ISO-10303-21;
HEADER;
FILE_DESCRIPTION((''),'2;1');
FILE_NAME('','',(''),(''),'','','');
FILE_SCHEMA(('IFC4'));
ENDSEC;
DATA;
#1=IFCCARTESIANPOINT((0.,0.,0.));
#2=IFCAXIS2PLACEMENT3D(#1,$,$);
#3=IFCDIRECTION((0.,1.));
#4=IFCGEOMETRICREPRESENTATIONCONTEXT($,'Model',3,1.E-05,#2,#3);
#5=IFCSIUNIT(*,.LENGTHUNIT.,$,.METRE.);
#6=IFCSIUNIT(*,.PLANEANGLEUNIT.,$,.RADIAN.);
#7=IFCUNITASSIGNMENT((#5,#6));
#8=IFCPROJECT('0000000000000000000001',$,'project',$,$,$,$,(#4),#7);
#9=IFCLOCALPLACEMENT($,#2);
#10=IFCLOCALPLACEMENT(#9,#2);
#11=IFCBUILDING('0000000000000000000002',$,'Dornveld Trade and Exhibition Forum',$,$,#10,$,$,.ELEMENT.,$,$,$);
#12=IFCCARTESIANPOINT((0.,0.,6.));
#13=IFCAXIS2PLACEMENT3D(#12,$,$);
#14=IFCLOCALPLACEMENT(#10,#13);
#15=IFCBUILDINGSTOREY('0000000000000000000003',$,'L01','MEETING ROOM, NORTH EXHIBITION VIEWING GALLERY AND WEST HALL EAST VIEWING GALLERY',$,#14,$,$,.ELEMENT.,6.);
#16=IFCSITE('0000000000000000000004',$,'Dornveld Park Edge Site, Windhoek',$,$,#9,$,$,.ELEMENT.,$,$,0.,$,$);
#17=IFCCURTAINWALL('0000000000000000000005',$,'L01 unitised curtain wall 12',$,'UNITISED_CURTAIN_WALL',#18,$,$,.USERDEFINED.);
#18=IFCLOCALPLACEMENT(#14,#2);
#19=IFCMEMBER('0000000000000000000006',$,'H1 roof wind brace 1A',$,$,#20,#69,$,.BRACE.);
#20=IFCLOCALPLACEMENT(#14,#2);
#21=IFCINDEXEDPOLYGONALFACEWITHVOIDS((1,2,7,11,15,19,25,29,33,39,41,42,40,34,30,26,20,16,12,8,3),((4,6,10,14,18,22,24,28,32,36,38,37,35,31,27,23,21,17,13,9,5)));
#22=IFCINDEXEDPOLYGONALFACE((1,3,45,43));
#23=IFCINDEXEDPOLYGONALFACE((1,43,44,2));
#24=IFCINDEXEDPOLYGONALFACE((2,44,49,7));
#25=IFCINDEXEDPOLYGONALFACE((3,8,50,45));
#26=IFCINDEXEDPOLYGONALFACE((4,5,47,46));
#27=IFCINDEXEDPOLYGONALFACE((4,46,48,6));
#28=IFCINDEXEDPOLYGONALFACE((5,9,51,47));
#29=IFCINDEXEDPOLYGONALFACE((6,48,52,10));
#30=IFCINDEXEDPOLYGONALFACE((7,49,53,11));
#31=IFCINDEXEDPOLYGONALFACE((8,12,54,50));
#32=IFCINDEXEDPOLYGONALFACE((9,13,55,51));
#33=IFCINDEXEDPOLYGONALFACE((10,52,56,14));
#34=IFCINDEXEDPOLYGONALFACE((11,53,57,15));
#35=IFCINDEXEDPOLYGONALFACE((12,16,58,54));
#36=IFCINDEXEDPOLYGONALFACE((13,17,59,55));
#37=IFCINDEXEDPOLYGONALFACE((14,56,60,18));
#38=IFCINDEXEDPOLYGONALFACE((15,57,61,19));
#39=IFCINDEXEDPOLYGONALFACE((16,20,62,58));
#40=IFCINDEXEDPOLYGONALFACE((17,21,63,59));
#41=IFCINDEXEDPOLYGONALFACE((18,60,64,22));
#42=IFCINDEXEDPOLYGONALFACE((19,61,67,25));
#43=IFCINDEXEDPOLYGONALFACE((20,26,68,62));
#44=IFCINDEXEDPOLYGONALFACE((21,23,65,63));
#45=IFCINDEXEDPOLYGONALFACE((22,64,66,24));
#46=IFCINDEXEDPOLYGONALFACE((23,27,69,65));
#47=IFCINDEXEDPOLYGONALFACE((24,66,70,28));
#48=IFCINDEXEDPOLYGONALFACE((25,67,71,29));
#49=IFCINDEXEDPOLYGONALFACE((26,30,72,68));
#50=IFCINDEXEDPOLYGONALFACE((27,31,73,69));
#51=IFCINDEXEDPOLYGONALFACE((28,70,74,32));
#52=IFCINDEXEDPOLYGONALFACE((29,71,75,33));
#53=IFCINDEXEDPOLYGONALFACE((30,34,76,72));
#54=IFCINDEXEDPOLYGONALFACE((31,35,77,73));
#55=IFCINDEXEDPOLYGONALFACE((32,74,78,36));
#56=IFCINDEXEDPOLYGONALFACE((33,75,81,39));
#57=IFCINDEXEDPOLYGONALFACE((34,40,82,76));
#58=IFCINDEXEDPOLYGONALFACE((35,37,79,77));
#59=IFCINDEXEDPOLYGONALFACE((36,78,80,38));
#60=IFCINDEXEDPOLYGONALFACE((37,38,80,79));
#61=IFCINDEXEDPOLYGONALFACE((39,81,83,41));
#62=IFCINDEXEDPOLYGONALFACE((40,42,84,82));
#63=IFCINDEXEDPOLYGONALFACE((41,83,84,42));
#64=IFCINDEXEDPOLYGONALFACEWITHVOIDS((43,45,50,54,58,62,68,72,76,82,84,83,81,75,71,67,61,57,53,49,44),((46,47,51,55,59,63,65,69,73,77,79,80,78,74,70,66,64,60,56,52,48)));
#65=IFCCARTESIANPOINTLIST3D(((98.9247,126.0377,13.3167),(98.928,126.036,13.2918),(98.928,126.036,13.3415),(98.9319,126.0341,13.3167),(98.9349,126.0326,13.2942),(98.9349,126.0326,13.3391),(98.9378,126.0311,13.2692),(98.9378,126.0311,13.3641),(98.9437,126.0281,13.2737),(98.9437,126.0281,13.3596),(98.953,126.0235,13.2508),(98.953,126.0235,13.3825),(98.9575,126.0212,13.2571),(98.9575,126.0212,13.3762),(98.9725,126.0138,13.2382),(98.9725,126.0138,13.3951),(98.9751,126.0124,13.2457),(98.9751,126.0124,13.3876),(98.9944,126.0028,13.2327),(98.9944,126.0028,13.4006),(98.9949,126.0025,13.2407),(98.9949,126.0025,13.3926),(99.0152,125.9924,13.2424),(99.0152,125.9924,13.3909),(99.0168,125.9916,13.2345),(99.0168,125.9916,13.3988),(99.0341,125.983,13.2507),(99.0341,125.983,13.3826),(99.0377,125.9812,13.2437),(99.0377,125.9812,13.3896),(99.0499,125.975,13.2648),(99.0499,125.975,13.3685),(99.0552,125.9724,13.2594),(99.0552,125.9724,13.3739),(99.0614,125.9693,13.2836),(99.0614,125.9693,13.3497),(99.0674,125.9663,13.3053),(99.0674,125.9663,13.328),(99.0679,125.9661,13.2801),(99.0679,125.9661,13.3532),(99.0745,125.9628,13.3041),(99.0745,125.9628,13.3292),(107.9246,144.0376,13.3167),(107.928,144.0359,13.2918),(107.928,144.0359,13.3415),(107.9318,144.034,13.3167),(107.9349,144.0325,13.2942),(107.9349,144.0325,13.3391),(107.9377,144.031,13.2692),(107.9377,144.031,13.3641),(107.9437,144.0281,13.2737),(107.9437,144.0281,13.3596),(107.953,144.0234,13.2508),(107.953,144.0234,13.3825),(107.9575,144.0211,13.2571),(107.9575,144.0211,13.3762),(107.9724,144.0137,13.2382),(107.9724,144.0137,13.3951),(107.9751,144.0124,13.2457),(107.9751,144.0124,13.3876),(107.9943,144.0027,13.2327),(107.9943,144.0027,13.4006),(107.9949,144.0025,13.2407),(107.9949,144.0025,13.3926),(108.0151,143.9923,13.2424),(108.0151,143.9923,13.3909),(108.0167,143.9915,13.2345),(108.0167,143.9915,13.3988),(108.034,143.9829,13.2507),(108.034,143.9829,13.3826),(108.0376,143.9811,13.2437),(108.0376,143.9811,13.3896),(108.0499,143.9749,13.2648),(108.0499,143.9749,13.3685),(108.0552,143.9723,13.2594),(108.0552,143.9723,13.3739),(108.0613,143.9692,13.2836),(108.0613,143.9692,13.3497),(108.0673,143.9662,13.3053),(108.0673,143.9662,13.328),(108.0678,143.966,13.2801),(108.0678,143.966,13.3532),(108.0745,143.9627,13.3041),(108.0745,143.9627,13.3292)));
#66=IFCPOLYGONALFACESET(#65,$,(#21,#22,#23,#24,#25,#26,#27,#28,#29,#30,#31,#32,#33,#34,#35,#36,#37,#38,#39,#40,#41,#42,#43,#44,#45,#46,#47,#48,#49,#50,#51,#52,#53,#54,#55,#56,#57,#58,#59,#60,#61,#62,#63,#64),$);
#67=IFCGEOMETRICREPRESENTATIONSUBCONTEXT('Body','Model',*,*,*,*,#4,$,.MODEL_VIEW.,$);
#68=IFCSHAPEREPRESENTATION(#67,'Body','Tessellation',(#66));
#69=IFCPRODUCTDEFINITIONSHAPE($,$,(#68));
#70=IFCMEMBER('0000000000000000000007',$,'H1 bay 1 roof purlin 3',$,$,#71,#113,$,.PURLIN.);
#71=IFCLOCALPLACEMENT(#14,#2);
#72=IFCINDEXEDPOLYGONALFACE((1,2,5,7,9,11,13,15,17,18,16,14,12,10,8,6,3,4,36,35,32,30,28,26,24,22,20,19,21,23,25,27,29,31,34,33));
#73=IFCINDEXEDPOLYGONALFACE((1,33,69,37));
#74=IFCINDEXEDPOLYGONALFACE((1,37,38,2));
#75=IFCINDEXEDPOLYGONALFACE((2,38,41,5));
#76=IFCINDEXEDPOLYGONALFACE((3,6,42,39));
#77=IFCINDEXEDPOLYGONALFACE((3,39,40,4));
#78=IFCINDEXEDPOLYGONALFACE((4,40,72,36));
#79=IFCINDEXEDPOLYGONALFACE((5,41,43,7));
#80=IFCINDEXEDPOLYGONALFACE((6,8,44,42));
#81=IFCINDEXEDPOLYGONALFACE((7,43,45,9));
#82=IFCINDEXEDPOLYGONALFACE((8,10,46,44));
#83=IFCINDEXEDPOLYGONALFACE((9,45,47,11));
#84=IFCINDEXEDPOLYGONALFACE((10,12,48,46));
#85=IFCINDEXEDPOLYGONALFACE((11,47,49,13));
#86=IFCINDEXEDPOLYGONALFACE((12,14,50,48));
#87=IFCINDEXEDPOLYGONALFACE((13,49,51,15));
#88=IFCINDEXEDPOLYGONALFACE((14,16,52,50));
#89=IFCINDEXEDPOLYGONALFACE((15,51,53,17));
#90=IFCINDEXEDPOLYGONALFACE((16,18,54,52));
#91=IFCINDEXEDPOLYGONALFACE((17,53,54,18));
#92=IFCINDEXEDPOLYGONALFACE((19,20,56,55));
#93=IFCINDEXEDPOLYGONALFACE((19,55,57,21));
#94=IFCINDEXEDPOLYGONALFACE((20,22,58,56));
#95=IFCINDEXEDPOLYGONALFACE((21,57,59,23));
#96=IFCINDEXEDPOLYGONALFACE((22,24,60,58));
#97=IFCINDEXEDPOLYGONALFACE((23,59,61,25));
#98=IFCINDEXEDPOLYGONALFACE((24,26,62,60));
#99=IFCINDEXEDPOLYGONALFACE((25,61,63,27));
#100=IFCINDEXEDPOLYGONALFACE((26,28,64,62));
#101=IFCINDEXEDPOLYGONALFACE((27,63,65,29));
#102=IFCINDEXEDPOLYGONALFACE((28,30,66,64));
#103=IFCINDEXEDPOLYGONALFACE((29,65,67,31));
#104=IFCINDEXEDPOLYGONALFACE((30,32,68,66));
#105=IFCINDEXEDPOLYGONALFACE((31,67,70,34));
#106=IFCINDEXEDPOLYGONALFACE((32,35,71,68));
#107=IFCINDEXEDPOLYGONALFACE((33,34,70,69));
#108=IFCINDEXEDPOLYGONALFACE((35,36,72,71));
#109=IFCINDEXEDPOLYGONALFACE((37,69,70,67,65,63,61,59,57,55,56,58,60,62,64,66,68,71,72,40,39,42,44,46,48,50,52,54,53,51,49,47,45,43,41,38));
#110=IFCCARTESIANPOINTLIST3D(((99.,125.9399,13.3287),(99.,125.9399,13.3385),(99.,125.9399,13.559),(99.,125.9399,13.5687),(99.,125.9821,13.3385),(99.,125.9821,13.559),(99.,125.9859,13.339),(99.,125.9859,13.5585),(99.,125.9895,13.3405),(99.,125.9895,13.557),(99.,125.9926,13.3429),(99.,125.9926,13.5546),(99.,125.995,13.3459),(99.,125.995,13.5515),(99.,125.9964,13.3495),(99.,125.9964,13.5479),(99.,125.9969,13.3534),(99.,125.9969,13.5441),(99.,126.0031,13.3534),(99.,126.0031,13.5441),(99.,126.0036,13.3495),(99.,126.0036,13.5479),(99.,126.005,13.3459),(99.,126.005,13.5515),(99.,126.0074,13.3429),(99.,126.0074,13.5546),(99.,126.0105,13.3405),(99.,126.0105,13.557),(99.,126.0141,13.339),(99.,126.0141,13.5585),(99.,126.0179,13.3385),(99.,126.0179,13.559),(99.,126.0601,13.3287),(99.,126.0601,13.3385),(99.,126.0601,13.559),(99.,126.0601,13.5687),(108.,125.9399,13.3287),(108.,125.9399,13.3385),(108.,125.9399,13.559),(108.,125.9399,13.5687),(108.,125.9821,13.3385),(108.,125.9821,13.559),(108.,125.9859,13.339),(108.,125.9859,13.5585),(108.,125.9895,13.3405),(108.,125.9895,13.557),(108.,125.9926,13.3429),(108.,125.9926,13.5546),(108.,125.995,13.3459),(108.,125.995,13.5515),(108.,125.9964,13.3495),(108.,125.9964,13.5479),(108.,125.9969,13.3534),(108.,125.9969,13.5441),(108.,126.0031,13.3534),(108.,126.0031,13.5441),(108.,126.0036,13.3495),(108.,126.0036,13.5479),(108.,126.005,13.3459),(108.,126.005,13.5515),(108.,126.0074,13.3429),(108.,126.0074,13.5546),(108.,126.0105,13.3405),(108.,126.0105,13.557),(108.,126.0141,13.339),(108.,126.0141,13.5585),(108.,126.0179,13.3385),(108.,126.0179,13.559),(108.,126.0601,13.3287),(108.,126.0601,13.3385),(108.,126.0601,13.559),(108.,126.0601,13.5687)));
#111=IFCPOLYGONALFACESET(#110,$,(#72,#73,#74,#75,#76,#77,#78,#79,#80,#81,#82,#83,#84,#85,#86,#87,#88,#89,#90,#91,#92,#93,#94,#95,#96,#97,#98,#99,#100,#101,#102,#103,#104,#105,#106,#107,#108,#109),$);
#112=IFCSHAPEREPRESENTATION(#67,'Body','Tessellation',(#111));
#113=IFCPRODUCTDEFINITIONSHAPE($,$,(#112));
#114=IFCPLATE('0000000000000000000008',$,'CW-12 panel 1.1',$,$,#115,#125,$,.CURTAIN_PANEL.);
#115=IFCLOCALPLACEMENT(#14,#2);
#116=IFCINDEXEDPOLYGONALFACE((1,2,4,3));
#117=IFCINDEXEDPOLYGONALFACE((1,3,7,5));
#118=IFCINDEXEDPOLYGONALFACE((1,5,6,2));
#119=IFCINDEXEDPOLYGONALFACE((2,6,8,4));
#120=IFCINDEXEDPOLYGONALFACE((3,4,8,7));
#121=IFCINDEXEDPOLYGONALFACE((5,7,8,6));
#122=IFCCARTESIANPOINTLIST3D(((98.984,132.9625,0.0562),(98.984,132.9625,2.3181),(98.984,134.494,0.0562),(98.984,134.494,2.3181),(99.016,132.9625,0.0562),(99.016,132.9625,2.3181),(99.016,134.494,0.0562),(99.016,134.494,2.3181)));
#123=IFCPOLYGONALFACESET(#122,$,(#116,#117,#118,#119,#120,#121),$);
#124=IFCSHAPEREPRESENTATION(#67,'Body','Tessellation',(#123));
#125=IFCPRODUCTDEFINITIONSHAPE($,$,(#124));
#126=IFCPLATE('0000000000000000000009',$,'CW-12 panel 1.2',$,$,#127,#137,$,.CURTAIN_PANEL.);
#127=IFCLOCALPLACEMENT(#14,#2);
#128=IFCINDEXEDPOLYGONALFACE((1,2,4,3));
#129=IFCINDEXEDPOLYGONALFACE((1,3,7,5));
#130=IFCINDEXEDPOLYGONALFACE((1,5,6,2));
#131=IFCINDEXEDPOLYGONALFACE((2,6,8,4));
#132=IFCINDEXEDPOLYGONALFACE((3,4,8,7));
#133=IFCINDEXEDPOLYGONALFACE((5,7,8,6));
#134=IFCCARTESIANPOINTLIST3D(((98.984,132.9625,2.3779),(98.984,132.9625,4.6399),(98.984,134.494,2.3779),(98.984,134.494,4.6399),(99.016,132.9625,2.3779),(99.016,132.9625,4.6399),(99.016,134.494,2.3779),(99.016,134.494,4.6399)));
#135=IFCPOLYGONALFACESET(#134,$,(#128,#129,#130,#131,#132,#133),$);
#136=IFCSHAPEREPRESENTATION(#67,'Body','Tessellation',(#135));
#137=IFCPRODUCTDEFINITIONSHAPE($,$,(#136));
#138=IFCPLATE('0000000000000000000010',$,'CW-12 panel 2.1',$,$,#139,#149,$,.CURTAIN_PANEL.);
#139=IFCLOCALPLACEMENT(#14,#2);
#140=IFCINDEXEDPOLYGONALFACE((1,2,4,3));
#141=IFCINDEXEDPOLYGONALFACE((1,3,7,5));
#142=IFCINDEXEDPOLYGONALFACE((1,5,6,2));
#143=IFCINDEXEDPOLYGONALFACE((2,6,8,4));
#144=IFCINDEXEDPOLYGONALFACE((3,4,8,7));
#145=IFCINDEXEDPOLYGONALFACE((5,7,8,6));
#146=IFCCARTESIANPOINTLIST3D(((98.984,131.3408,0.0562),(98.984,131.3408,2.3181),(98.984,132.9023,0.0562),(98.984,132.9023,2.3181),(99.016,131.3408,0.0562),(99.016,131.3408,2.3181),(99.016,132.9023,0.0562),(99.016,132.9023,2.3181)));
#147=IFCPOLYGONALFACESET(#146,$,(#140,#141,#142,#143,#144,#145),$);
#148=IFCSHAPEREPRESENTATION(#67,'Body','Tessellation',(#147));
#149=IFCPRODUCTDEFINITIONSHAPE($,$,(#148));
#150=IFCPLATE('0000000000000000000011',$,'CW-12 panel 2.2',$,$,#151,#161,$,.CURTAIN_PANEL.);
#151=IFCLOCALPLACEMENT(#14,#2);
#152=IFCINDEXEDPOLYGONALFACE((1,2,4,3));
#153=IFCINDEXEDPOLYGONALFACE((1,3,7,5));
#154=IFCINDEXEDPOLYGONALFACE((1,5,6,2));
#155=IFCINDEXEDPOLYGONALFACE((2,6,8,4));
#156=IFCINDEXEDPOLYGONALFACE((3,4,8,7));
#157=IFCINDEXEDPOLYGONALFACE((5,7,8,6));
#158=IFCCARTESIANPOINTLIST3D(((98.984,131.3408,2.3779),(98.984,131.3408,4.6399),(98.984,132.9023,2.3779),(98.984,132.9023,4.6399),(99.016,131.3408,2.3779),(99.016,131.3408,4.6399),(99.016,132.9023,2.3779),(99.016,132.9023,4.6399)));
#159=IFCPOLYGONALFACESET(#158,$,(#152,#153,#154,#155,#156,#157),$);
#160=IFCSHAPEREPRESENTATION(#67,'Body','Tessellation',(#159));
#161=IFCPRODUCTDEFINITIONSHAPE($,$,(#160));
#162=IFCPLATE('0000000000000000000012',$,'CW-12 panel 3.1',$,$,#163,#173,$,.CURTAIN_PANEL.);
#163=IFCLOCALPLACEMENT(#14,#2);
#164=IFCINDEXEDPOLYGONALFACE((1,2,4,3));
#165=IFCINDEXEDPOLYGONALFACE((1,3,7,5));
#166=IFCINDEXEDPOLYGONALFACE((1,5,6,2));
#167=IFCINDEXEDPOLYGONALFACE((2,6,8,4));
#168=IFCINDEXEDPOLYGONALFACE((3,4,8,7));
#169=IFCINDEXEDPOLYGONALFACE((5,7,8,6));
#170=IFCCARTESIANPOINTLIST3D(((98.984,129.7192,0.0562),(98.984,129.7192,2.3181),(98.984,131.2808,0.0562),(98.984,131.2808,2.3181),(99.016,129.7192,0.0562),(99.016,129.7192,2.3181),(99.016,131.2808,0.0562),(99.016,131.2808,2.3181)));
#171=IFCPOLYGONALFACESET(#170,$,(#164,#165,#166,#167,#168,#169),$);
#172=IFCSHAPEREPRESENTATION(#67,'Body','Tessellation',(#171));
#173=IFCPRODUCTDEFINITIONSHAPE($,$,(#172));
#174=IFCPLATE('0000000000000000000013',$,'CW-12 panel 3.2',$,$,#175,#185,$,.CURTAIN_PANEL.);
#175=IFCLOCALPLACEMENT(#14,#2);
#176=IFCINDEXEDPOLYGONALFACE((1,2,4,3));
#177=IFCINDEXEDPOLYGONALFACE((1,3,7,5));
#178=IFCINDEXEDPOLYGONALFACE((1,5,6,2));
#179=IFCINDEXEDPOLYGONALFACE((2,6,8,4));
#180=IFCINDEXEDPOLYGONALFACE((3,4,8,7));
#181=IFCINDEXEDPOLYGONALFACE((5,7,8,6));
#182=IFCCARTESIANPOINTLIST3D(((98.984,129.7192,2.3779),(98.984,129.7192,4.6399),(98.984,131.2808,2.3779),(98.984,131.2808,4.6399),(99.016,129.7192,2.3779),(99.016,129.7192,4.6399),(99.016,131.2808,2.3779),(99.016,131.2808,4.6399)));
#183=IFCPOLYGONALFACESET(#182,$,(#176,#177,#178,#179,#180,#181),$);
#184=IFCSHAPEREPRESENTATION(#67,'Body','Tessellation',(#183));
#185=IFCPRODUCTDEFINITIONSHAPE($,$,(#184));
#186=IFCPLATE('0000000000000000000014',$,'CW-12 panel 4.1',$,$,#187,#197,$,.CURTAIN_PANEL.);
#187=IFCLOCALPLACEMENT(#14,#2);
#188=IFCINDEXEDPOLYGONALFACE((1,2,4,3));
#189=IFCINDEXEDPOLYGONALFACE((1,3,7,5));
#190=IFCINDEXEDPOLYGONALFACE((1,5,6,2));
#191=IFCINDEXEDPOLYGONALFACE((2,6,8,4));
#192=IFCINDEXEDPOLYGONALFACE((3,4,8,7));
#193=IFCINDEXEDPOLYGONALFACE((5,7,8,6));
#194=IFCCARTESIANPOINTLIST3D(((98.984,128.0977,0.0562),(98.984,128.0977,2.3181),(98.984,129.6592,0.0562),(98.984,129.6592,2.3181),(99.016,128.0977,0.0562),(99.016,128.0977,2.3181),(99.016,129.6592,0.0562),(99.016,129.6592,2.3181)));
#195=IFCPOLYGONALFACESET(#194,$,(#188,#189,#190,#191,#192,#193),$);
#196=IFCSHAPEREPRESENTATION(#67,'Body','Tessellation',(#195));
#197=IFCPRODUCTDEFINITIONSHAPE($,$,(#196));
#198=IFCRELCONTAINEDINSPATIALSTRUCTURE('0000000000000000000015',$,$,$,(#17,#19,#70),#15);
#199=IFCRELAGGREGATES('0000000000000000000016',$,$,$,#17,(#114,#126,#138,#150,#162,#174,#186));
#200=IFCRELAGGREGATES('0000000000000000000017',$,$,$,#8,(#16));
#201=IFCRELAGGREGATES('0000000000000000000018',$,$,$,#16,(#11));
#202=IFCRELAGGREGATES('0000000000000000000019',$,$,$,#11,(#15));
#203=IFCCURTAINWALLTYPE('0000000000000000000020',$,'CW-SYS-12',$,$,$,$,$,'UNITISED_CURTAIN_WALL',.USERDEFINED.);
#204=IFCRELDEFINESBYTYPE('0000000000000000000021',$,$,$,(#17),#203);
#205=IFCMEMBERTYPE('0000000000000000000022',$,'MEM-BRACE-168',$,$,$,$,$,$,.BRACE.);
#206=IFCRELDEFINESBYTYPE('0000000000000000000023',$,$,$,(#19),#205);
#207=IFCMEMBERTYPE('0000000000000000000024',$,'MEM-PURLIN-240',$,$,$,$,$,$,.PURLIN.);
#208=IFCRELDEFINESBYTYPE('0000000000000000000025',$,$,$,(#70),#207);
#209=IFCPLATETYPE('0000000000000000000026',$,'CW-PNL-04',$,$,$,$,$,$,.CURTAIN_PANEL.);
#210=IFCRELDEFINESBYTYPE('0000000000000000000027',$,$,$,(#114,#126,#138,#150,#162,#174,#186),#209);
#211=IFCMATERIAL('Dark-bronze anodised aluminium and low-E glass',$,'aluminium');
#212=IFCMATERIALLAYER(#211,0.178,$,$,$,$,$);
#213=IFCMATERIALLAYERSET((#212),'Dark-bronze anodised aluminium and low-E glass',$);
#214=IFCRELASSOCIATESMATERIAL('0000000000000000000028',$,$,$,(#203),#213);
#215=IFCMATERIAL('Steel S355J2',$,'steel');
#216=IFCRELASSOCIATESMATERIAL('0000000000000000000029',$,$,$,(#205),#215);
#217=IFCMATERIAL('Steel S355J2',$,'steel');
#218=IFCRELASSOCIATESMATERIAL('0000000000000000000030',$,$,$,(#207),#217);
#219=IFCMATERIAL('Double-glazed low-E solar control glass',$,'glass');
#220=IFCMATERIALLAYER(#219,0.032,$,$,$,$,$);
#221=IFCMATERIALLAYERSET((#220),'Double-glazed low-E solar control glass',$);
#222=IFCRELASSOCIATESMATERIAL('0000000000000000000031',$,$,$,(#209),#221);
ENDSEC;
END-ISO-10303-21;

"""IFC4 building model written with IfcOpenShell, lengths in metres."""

from ifc_helpers import new_model, si_unit, direction, frame, origin, origin_2d, place, context, subcontext, project, spatial, rectangle, hollow_circle, i_section, extrude, material, layer, layer_set, material_profile, profile_set, type_object, element, aggregate, save


model = new_model("IFC4")

# Units and contexts
model_context = context("Model", 3, precision=1e-05, world=origin(), true_north=direction((0.0, 1.0)))
body_context = subcontext(model_context, "Body", "Model", "MODEL_VIEW")
ifc_project = project(units=[si_unit("LENGTHUNIT", "METRE"), si_unit("PLANEANGLEUNIT", "RADIAN")], contexts=[model_context])

# Site, building, storey
site_placement = place(None, origin())
site = spatial("IfcSite", under=ifc_project, at=site_placement, Name="Dornveld Park Edge Site, Windhoek", CompositionType="ELEMENT", RefElevation=0.0)
building_placement = place(site_placement, origin())
building = spatial("IfcBuilding", under=site, at=building_placement, Name="Dornveld Trade and Exhibition Forum", CompositionType="ELEMENT")
storey_placement = place(building_placement, frame((0.0, 0.0, 6.0)))
storey = spatial("IfcBuildingStorey", under=building, at=storey_placement, Name="L01", Description="MEETING ROOM, NORTH EXHIBITION VIEWING GALLERY AND WEST HALL EAST VIEWING GALLERY", CompositionType="ELEMENT", Elevation=6.0)

# Curtain wall
ifc_material_1 = material(Name="Dark-bronze anodised aluminium and low-E glass", Category="aluminium")
ifc_layer_1 = layer(ifc_material_1, 0.178)
ifc_layer_set_1 = layer_set([ifc_layer_1], Name="Dark-bronze anodised aluminium and low-E glass")
curtain_wall_type = type_object("IfcCurtainWallType", Name="CW-SYS-12", ElementType="UNITISED_CURTAIN_WALL", PredefinedType="USERDEFINED", material=ifc_layer_set_1)
curtain_wall_placement = place(storey_placement, origin())
curtain_wall = element("IfcCurtainWall", 1, at=curtain_wall_placement, inside=storey, type_object=curtain_wall_type, Name="L01 unitised curtain wall 12", ObjectType="UNITISED_CURTAIN_WALL", PredefinedType="USERDEFINED")

# Members
ifc_material_2 = material(Name="Steel S355J2", Category="steel")
ifc_material_profile_1 = material_profile(ifc_material_2, hollow_circle(Radius=0.0842, WallThickness=0.0081, at=origin_2d()), Name="CHS 168.3x8")
ifc_profile_set_1 = profile_set([ifc_material_profile_1], Name="Steel S355J2")
member_type_1 = type_object("IfcMemberType", Name="MEM-BRACE-168", PredefinedType="BRACE", material=ifc_profile_set_1)
member_1_placement = place(storey_placement, frame((99.0, 126.0, 13.3167), z_axis=(0.447214, 0.894427, 0.0), x_axis=(-0.894427, 0.447214, 0.0)))
element("IfcMember", 2, at=member_1_placement, inside=storey, type_object=member_type_1, Name="H1 roof wind brace 1A", PredefinedType="BRACE", context=body_context, shape_type="SweptSolid", body=[
    extrude(hollow_circle(Radius=0.0842, WallThickness=0.0081, at=origin_2d()), origin(), (0.0, 0.0, 1.0), 20.1245),
])
ifc_material_3 = material(Name="Steel S355J2", Category="steel")
ifc_material_profile_2 = material_profile(ifc_material_3, i_section(OverallWidth=0.1201, OverallDepth=0.24, WebThickness=0.0061, FlangeThickness=0.0098, FilletRadius=0.0149, at=origin_2d()), Name="IPE 240")
ifc_profile_set_2 = profile_set([ifc_material_profile_2], Name="Steel S355J2")
member_type_2 = type_object("IfcMemberType", Name="MEM-PURLIN-240", PredefinedType="PURLIN", material=ifc_profile_set_2)
member_2_placement = place(storey_placement, frame((99.0, 126.0, 13.4487), z_axis=(1.0, 0.0, 0.0), x_axis=(0.0, 1.0, 0.0)))
element("IfcMember", 3, at=member_2_placement, inside=storey, type_object=member_type_2, Name="H1 bay 1 roof purlin 3", PredefinedType="PURLIN", context=body_context, shape_type="SweptSolid", body=[
    extrude(i_section(OverallWidth=0.1201, OverallDepth=0.24, WebThickness=0.0061, FlangeThickness=0.0098, FilletRadius=0.0149, at=origin_2d()), origin(), (0.0, 0.0, 1.0), 9.0),
])

# Plates
ifc_material_4 = material(Name="Double-glazed low-E solar control glass", Category="glass")
ifc_layer_2 = layer(ifc_material_4, 0.032)
ifc_layer_set_2 = layer_set([ifc_layer_2], Name="Double-glazed low-E solar control glass")
plate_type = type_object("IfcPlateType", Name="CW-PNL-04", PredefinedType="CURTAIN_PANEL", material=ifc_layer_set_2)
plate_1_placement = place(storey_placement, frame((99.0, 133.7283, 0.0562), z_axis=(0.0, 0.0, 1.0), x_axis=(0.0, -1.0, 0.0)))
plate_1 = element("IfcPlate", 4, at=plate_1_placement, type_object=plate_type, Name="CW-12 panel 1.1", PredefinedType="CURTAIN_PANEL", context=body_context, shape_type="SweptSolid", body=[
    extrude(rectangle(XDim=1.5315, YDim=0.032, at=origin_2d()), origin(), (0.0, 0.0, 1.0), 2.262),
])
plate_2_placement = place(storey_placement, frame((99.0, 133.7283, 2.3779), z_axis=(0.0, 0.0, 1.0), x_axis=(0.0, -1.0, 0.0)))
plate_2 = element("IfcPlate", 5, at=plate_2_placement, type_object=plate_type, Name="CW-12 panel 1.2", PredefinedType="CURTAIN_PANEL", context=body_context, shape_type="SweptSolid", body=[
    extrude(rectangle(XDim=1.5315, YDim=0.032, at=origin_2d()), origin(), (0.0, 0.0, 1.0), 2.262),
])
plate_3_placement = place(storey_placement, frame((99.0, 132.1216, 0.0562), z_axis=(0.0, 0.0, 1.0), x_axis=(0.0, -1.0, 0.0)))
plate_3 = element("IfcPlate", 6, at=plate_3_placement, type_object=plate_type, Name="CW-12 panel 2.1", PredefinedType="CURTAIN_PANEL", context=body_context, shape_type="SweptSolid", body=[
    extrude(rectangle(XDim=1.5615, YDim=0.032, at=origin_2d()), origin(), (0.0, 0.0, 1.0), 2.262),
])
plate_4_placement = place(storey_placement, frame((99.0, 132.1216, 2.3779), z_axis=(0.0, 0.0, 1.0), x_axis=(0.0, -1.0, 0.0)))
plate_4 = element("IfcPlate", 7, at=plate_4_placement, type_object=plate_type, Name="CW-12 panel 2.2", PredefinedType="CURTAIN_PANEL", context=body_context, shape_type="SweptSolid", body=[
    extrude(rectangle(XDim=1.5615, YDim=0.032, at=origin_2d()), origin(), (0.0, 0.0, 1.0), 2.262),
])
plate_5_placement = place(storey_placement, frame((99.0, 130.5, 0.0562), z_axis=(0.0, 0.0, 1.0), x_axis=(0.0, -1.0, 0.0)))
plate_5 = element("IfcPlate", 8, at=plate_5_placement, type_object=plate_type, Name="CW-12 panel 3.1", PredefinedType="CURTAIN_PANEL", context=body_context, shape_type="SweptSolid", body=[
    extrude(rectangle(XDim=1.5615, YDim=0.032, at=origin_2d()), origin(), (0.0, 0.0, 1.0), 2.262),
])
plate_6_placement = place(storey_placement, frame((99.0, 130.5, 2.3779), z_axis=(0.0, 0.0, 1.0), x_axis=(0.0, -1.0, 0.0)))
plate_6 = element("IfcPlate", 9, at=plate_6_placement, type_object=plate_type, Name="CW-12 panel 3.2", PredefinedType="CURTAIN_PANEL", context=body_context, shape_type="SweptSolid", body=[
    extrude(rectangle(XDim=1.5615, YDim=0.032, at=origin_2d()), origin(), (0.0, 0.0, 1.0), 2.262),
])
plate_7_placement = place(storey_placement, frame((99.0, 128.8784, 0.0562), z_axis=(0.0, 0.0, 1.0), x_axis=(0.0, -1.0, 0.0)))
plate_7 = element("IfcPlate", 10, at=plate_7_placement, type_object=plate_type, Name="CW-12 panel 4.1", PredefinedType="CURTAIN_PANEL", context=body_context, shape_type="SweptSolid", body=[
    extrude(rectangle(XDim=1.5615, YDim=0.032, at=origin_2d()), origin(), (0.0, 0.0, 1.0), 2.262),
])
aggregate(curtain_wall, [plate_1, plate_2, plate_3, plate_4, plate_5, plate_6, plate_7])

save(model, "model.ifc")
